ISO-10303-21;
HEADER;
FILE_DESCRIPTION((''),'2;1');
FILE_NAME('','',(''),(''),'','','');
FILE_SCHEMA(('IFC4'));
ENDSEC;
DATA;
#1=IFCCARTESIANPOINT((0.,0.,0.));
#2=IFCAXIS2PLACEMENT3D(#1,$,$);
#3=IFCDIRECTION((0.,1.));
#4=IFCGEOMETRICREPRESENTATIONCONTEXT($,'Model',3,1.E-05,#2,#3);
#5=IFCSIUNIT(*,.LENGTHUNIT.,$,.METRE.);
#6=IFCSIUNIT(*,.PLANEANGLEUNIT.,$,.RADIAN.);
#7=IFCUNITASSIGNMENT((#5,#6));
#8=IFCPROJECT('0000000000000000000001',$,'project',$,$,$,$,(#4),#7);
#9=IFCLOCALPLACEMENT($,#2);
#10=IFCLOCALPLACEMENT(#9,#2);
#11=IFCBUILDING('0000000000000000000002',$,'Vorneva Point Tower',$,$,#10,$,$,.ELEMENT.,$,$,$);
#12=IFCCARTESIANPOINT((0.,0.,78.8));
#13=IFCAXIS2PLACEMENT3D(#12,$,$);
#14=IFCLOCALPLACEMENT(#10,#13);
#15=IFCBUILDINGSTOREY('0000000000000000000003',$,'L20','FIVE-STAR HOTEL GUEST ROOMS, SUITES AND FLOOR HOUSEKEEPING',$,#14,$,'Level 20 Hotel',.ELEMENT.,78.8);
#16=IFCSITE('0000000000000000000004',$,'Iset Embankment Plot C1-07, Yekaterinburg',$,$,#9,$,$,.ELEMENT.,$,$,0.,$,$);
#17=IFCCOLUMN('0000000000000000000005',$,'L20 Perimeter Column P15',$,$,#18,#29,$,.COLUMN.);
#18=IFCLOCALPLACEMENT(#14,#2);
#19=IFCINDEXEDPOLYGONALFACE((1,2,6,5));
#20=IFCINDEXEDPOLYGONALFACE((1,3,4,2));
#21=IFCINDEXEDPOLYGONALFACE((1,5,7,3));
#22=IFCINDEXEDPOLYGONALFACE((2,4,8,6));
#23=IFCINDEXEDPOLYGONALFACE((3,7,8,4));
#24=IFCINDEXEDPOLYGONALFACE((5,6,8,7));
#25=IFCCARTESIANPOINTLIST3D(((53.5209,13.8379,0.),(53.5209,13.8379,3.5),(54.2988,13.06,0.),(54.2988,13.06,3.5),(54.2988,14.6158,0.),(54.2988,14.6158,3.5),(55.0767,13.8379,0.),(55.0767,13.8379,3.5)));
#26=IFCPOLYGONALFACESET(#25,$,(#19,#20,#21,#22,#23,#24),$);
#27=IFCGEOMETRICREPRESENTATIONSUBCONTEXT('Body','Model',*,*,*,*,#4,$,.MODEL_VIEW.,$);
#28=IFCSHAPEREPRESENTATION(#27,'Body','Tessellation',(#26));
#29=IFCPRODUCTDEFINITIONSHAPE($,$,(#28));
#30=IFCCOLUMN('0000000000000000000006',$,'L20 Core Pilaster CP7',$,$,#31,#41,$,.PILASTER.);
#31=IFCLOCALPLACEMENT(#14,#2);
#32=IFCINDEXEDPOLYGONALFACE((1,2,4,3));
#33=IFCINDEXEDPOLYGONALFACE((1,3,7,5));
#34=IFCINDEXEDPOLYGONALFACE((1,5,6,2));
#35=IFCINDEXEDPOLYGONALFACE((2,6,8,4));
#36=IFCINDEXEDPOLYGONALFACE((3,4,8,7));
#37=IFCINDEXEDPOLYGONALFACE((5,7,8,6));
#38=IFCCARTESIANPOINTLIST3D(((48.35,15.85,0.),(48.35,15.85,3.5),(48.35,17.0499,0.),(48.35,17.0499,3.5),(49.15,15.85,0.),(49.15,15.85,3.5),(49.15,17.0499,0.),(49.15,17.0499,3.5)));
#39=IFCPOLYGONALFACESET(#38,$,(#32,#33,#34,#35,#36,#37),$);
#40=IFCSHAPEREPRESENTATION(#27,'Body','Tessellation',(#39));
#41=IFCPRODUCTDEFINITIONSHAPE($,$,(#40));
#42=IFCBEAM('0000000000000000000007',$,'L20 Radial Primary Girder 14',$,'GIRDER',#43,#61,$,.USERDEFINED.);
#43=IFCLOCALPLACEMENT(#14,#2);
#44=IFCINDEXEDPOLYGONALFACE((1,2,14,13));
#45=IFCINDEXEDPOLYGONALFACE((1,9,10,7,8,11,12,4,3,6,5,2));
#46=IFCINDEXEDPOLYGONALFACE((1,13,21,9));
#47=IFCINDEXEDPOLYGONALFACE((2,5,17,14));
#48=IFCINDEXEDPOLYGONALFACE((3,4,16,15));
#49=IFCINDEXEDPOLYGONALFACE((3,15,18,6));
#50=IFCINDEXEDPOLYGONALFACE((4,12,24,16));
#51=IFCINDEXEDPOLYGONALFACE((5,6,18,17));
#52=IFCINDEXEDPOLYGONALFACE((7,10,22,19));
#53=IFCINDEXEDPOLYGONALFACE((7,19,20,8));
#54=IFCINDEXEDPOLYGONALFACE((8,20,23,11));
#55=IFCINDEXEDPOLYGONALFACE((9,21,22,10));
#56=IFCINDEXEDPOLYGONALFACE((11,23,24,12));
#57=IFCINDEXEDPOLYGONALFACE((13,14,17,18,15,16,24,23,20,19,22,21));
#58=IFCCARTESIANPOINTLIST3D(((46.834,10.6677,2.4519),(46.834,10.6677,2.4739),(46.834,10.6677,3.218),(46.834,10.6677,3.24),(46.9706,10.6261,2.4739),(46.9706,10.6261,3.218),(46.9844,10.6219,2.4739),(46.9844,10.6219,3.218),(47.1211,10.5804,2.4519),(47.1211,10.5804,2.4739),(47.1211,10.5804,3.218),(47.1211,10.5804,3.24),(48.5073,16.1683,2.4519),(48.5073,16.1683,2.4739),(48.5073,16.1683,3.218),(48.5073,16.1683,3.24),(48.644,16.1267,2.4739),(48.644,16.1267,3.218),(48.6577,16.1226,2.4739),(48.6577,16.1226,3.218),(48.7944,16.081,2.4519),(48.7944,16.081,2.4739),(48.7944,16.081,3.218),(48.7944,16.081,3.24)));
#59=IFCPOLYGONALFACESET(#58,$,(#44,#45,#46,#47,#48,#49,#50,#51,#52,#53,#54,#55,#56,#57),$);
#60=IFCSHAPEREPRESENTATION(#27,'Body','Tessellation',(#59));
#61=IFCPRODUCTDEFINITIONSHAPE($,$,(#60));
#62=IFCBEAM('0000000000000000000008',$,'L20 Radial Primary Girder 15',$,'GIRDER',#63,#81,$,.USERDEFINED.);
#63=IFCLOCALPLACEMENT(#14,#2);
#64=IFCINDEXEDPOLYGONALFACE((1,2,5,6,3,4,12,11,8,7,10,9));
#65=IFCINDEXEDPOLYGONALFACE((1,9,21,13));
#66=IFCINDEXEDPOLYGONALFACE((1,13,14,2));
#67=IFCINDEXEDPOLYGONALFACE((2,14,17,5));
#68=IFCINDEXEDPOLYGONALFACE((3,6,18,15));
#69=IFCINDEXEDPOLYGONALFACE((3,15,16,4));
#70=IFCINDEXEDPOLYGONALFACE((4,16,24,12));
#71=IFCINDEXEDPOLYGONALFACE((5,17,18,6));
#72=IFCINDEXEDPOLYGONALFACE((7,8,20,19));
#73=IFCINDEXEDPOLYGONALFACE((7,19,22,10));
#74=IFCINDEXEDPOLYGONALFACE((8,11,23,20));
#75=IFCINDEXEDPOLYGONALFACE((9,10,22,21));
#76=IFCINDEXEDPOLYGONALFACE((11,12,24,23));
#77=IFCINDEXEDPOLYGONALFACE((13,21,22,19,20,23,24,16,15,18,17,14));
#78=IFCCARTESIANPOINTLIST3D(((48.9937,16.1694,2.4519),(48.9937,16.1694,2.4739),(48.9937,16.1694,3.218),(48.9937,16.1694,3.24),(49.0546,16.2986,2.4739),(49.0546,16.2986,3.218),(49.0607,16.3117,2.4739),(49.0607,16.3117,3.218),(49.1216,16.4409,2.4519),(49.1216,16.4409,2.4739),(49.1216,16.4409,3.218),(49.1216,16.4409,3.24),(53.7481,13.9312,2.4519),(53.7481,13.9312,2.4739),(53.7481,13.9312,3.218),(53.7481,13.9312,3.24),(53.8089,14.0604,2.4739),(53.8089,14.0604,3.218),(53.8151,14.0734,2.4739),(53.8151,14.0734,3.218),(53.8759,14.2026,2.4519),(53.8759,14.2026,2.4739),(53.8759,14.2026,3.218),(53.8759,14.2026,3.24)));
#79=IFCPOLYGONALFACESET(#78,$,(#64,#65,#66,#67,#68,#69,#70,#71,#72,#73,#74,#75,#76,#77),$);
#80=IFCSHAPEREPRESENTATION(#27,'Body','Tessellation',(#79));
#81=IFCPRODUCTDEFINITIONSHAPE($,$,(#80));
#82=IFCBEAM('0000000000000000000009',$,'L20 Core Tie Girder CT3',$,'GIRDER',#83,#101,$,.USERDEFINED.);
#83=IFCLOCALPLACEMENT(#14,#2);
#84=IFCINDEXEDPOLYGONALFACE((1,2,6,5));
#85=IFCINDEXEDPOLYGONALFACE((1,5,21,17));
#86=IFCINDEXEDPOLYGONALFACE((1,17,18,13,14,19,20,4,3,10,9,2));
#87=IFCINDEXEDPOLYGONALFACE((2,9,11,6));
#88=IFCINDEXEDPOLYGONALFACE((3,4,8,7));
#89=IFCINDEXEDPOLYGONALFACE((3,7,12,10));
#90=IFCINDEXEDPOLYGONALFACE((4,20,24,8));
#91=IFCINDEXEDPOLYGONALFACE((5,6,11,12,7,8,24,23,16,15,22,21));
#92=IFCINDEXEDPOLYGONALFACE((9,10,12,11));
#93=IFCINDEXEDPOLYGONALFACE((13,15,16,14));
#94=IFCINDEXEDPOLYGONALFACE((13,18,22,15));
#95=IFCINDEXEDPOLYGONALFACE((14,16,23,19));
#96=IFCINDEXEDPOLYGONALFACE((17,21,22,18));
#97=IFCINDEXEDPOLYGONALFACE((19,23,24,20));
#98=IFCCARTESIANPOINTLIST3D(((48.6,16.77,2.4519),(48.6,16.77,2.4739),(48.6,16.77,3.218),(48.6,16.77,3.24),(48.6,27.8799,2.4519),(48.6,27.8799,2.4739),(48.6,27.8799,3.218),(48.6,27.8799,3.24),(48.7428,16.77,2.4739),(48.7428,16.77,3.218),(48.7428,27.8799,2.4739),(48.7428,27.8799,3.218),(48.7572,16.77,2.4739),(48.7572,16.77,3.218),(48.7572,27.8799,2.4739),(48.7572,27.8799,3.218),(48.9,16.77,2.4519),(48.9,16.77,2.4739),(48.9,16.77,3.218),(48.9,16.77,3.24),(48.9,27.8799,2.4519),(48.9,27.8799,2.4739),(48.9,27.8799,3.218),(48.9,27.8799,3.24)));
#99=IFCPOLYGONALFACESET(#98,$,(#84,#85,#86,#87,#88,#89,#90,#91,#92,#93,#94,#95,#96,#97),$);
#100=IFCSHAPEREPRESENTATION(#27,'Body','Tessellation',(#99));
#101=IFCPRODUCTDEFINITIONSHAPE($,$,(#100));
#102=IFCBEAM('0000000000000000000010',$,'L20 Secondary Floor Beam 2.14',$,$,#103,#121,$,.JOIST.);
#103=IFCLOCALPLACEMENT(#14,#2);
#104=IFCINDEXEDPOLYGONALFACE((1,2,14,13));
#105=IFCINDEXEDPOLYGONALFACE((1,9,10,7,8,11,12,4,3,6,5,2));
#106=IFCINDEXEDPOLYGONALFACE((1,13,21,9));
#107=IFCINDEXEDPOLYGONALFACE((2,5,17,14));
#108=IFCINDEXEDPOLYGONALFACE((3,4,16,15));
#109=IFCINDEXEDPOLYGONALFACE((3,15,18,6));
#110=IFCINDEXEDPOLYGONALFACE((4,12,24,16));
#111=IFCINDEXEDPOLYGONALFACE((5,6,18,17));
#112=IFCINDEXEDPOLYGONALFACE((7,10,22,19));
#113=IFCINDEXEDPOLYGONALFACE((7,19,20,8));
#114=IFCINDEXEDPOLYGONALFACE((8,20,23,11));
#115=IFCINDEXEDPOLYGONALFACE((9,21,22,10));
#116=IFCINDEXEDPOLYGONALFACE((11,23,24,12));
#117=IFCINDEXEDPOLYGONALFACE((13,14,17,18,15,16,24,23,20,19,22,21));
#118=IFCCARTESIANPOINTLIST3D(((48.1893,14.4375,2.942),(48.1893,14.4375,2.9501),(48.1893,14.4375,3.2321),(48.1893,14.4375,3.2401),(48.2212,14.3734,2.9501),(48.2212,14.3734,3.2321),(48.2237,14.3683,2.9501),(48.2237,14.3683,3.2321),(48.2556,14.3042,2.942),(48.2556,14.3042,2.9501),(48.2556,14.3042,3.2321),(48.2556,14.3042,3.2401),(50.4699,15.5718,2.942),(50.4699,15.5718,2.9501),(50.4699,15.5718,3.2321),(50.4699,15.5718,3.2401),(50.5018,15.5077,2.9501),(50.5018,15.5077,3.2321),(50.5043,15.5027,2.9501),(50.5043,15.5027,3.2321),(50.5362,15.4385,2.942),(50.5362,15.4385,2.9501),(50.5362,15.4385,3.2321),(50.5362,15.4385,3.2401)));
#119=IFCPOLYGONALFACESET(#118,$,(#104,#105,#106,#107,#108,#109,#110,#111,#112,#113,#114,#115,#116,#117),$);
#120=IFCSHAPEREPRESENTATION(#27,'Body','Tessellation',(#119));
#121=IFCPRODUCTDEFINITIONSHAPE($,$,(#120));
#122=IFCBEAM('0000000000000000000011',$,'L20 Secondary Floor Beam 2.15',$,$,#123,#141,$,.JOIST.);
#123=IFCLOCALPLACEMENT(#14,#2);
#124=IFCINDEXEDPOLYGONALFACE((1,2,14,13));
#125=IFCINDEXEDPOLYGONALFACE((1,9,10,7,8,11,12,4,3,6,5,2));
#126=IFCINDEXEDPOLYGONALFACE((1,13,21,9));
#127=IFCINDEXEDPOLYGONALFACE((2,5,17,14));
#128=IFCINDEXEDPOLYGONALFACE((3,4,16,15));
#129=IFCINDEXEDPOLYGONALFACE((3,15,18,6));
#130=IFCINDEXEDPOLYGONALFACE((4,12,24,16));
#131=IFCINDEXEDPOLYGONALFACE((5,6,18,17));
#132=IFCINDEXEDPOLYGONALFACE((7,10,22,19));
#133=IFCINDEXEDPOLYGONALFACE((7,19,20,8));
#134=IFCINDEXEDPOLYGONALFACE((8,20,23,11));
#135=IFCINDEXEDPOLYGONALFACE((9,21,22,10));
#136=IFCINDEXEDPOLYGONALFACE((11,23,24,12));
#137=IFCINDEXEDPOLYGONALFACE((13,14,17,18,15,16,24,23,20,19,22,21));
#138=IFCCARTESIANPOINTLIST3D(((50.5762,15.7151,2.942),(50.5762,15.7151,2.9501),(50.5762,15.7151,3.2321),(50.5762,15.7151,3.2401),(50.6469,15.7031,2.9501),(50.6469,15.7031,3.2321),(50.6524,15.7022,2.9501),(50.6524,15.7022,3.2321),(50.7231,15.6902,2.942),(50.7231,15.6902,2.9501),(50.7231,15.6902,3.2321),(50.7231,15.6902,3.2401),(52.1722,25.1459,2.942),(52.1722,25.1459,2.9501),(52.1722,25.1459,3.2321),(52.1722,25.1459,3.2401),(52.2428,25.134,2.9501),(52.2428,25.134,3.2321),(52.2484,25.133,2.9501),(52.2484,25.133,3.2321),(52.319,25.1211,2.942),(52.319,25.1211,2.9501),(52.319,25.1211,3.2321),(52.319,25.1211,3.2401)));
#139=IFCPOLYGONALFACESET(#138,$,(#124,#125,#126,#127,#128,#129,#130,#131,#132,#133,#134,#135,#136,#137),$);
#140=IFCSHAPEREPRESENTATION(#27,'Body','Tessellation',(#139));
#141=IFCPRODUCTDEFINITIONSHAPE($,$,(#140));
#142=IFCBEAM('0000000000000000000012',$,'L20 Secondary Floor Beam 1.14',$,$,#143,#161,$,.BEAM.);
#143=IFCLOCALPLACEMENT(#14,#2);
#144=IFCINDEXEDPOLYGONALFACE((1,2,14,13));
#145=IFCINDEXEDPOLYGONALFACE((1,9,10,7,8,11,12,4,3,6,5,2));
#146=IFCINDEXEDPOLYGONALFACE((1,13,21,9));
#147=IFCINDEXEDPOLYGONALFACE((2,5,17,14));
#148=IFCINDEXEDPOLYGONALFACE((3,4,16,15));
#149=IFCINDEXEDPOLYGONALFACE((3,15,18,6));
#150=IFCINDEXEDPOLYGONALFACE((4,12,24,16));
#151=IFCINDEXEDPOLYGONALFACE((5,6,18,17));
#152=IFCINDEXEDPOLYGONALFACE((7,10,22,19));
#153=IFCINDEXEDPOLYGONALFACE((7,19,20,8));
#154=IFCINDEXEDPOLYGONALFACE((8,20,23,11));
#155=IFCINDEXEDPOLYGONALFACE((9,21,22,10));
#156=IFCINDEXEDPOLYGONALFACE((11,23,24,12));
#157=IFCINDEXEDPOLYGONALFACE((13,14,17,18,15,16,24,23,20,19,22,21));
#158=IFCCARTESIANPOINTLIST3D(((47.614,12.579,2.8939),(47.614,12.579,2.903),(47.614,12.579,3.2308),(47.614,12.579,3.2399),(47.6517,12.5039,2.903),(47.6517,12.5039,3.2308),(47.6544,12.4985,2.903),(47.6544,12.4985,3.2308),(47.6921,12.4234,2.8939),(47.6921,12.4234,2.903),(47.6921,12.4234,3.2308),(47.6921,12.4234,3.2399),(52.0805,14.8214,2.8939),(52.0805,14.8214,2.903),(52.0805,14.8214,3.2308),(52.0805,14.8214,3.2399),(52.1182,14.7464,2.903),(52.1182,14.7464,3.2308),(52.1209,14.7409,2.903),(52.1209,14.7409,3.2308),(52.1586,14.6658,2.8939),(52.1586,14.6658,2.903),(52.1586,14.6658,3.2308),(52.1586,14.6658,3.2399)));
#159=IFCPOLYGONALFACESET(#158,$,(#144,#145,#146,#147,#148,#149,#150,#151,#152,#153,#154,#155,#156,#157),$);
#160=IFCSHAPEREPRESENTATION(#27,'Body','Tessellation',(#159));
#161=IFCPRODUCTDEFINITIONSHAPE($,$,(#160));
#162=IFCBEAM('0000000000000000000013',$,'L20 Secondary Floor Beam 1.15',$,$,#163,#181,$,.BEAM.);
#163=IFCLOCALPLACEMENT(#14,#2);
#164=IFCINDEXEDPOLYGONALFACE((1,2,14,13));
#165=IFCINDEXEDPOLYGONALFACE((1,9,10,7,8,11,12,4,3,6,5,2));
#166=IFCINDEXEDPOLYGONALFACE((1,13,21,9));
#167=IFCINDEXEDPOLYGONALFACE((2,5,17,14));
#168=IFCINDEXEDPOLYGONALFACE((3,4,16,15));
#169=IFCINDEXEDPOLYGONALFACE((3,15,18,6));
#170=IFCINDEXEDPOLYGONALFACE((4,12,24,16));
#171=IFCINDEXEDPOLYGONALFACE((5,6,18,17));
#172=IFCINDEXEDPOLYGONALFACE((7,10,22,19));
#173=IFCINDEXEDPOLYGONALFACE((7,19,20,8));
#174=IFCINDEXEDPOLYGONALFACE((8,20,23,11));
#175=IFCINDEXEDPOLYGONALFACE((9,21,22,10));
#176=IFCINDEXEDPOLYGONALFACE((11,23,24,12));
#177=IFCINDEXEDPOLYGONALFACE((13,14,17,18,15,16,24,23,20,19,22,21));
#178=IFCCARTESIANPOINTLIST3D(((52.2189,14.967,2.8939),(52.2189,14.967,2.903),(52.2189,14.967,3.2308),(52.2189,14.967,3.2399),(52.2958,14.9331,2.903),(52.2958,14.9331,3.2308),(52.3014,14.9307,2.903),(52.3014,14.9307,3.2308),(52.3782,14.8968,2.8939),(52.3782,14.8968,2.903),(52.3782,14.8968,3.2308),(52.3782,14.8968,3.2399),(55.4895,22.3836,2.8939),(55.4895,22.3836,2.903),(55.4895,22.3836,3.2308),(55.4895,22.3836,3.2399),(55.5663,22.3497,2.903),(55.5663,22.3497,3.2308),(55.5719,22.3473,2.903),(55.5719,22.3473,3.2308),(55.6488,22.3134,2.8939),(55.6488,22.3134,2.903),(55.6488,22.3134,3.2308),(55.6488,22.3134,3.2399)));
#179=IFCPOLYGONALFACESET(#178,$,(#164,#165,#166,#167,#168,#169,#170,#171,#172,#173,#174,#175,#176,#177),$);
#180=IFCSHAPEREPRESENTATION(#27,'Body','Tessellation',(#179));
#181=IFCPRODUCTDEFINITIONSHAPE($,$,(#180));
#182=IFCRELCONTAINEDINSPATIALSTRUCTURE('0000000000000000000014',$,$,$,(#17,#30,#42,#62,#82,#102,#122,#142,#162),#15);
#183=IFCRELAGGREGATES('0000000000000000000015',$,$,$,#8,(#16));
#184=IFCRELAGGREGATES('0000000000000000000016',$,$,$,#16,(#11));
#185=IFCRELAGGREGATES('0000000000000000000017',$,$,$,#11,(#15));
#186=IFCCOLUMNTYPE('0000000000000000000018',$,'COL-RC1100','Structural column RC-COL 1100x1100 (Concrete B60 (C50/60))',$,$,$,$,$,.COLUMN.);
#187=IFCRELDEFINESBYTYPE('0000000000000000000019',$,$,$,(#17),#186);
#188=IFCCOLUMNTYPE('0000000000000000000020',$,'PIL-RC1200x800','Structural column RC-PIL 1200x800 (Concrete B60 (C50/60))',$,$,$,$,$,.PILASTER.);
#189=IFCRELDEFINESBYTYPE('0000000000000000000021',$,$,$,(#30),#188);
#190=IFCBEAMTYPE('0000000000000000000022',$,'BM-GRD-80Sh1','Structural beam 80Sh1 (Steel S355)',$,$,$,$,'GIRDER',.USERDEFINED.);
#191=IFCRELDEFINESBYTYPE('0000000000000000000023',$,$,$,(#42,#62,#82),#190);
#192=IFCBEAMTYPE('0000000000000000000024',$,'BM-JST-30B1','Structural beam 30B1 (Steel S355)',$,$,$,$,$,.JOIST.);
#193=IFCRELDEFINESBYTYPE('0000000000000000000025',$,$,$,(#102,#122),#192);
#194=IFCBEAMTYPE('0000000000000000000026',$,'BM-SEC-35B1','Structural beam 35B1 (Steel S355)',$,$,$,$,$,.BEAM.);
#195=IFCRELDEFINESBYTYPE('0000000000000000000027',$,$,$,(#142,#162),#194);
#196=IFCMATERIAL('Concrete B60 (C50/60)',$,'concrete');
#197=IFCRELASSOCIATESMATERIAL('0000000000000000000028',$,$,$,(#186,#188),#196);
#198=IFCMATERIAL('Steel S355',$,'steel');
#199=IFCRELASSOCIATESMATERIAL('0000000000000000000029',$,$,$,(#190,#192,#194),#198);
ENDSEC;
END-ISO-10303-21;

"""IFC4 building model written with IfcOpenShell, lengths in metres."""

from ifc_helpers import new_model, si_unit, direction, frame, origin, origin_2d, place, context, subcontext, project, spatial, rectangle, i_section, extrude, material, material_profile, profile_set, type_object, element, save


model = new_model("IFC4")

# Units and contexts
model_context = context("Model", 3, precision=1e-05, world=origin(), true_north=direction((0.0, 1.0)))
body_context = subcontext(model_context, "Body", "Model", "MODEL_VIEW")
ifc_project = project(units=[si_unit("LENGTHUNIT", "METRE"), si_unit("PLANEANGLEUNIT", "RADIAN")], contexts=[model_context])

# Site, building, storey
site_placement = place(None, origin())
site = spatial("IfcSite", under=ifc_project, at=site_placement, Name="Iset Embankment Plot C1-07, Yekaterinburg", CompositionType="ELEMENT", RefElevation=0.0)
building_placement = place(site_placement, origin())
building = spatial("IfcBuilding", under=site, at=building_placement, Name="Vorneva Point Tower", CompositionType="ELEMENT")
storey_placement = place(building_placement, frame((0.0, 0.0, 78.8)))
storey = spatial("IfcBuildingStorey", under=building, at=storey_placement, Name="L20", Description="FIVE-STAR HOTEL GUEST ROOMS, SUITES AND FLOOR HOUSEKEEPING", LongName="Level 20 Hotel", CompositionType="ELEMENT", Elevation=78.8)

# Columns
ifc_material_1 = material(Name="Concrete B60 (C50/60)", Category="concrete")
ifc_material_profile_1 = material_profile(ifc_material_1, rectangle(XDim=1.1001, YDim=1.1001, at=origin_2d()), Name="RC-COL 1100x1100")
ifc_profile_set_1 = profile_set([ifc_material_profile_1], Name="Concrete B60 (C50/60)")
column_type_1 = type_object("IfcColumnType", Name="COL-RC1100", Description="Structural column RC-COL 1100x1100 (Concrete B60 (C50/60))", PredefinedType="COLUMN", material=ifc_profile_set_1)
column_1_placement = place(storey_placement, frame((54.2988, 13.8379, 0.0), z_axis=(0.0, 0.0, 1.0), x_axis=(0.707107, -0.707107, 0.0)))
element("IfcColumn", 1, at=column_1_placement, inside=storey, type_object=column_type_1, Name="L20 Perimeter Column P15", PredefinedType="COLUMN", context=body_context, shape_type="SweptSolid", body=[
    extrude(rectangle(XDim=1.1001, YDim=1.1001, at=origin_2d()), origin(), (0.0, 0.0, 1.0), 3.5),
])
ifc_material_profile_2 = material_profile(ifc_material_1, rectangle(XDim=0.8, YDim=1.2, at=origin_2d()), Name="RC-PIL 1200x800")
ifc_profile_set_2 = profile_set([ifc_material_profile_2], Name="Concrete B60 (C50/60)")
column_type_2 = type_object("IfcColumnType", Name="PIL-RC1200x800", Description="Structural column RC-PIL 1200x800 (Concrete B60 (C50/60))", PredefinedType="PILASTER", material=ifc_profile_set_2)
column_2_placement = place(storey_placement, frame((48.75, 16.45, 0.0), z_axis=(0.0, 0.0, 1.0), x_axis=(1.0, 0.0, 0.0)))
element("IfcColumn", 2, at=column_2_placement, inside=storey, type_object=column_type_2, Name="L20 Core Pilaster CP7", PredefinedType="PILASTER", context=body_context, shape_type="SweptSolid", body=[
    extrude(rectangle(XDim=0.8, YDim=1.2, at=origin_2d()), origin(), (0.0, 0.0, 1.0), 3.5),
])

# Beams
ifc_material_2 = material(Name="Steel S355", Category="steel")
ifc_material_profile_3 = material_profile(ifc_material_2, i_section(OverallWidth=0.3, OverallDepth=0.7881, WebThickness=0.0144, FlangeThickness=0.022, at=origin_2d()), Name="80Sh1")
ifc_profile_set_3 = profile_set([ifc_material_profile_3], Name="Steel S355")
beam_type_1 = type_object("IfcBeamType", Name="BM-GRD-80Sh1", Description="Structural beam 80Sh1 (Steel S355)", ElementType="GIRDER", PredefinedType="USERDEFINED", material=ifc_profile_set_3)
beam_1_placement = place(storey_placement, frame((46.9775, 10.624, 2.8459), z_axis=(0.291035, 0.956712, 0.0), x_axis=(-0.956712, 0.291035, 0.0)))
element("IfcBeam", 3, at=beam_1_placement, inside=storey, type_object=beam_type_1, Name="L20 Radial Primary Girder 14", ObjectType="GIRDER", PredefinedType="USERDEFINED", context=body_context, shape_type="SweptSolid", body=[
    extrude(i_section(OverallWidth=0.3, OverallDepth=0.7881, WebThickness=0.0144, FlangeThickness=0.022, at=origin_2d()), origin(), (0.0, 0.0, 1.0), 5.7495),
])
beam_2_placement = place(storey_placement, frame((53.812, 14.0669, 2.8459), z_axis=(-0.904751, 0.42594, 0.0), x_axis=(-0.42594, -0.904751, 0.0)))
element("IfcBeam", 4, at=beam_2_placement, inside=storey, type_object=beam_type_1, Name="L20 Radial Primary Girder 15", ObjectType="GIRDER", PredefinedType="USERDEFINED", context=body_context, shape_type="SweptSolid", body=[
    extrude(i_section(OverallWidth=0.3, OverallDepth=0.7881, WebThickness=0.0144, FlangeThickness=0.022, at=origin_2d()), origin(), (0.0, 0.0, 1.0), 5.2549),
])
beam_3_placement = place(storey_placement, frame((48.75, 16.77, 2.8459), z_axis=(0.0, 1.0, 0.0), x_axis=(-1.0, 0.0, 0.0)))
element("IfcBeam", 5, at=beam_3_placement, inside=storey, type_object=beam_type_1, Name="L20 Core Tie Girder CT3", ObjectType="GIRDER", PredefinedType="USERDEFINED", context=body_context, shape_type="SweptSolid", body=[
    extrude(i_section(OverallWidth=0.3, OverallDepth=0.7881, WebThickness=0.0144, FlangeThickness=0.022, at=origin_2d()), origin(), (0.0, 0.0, 1.0), 11.1099),
])
ifc_material_profile_4 = material_profile(ifc_material_2, i_section(OverallWidth=0.1489, OverallDepth=0.2981, WebThickness=0.0056, FlangeThickness=0.0081, at=origin_2d()), Name="30B1")
ifc_profile_set_4 = profile_set([ifc_material_profile_4], Name="Steel S355")
beam_type_2 = type_object("IfcBeamType", Name="BM-JST-30B1", Description="Structural beam 30B1 (Steel S355)", PredefinedType="JOIST", material=ifc_profile_set_4)
beam_4_placement = place(storey_placement, frame((48.2224, 14.3708, 3.0911), z_axis=(0.895365, 0.445334, 0.0), x_axis=(-0.445334, 0.895365, 0.0)))
element("IfcBeam", 6, at=beam_4_placement, inside=storey, type_object=beam_type_2, Name="L20 Secondary Floor Beam 2.14", PredefinedType="JOIST", context=body_context, shape_type="SweptSolid", body=[
    extrude(i_section(OverallWidth=0.1489, OverallDepth=0.2981, WebThickness=0.0056, FlangeThickness=0.0081, at=origin_2d()), origin(), (0.0, 0.0, 1.0), 2.5471),
])
beam_5_placement = place(storey_placement, frame((50.6497, 15.7026, 3.0911), z_axis=(0.166853, 0.985982, 0.0), x_axis=(-0.985982, 0.166853, 0.0)))
element("IfcBeam", 7, at=beam_5_placement, inside=storey, type_object=beam_type_2, Name="L20 Secondary Floor Beam 2.15", PredefinedType="JOIST", context=body_context, shape_type="SweptSolid", body=[
    extrude(i_section(OverallWidth=0.1489, OverallDepth=0.2981, WebThickness=0.0056, FlangeThickness=0.0081, at=origin_2d()), origin(), (0.0, 0.0, 1.0), 9.5649),
])
ifc_material_profile_5 = material_profile(ifc_material_2, i_section(OverallWidth=0.1741, OverallDepth=0.3459, WebThickness=0.0061, FlangeThickness=0.009, at=origin_2d()), Name="35B1")
ifc_profile_set_5 = profile_set([ifc_material_profile_5], Name="Steel S355")
beam_type_3 = type_object("IfcBeamType", Name="BM-SEC-35B1", Description="Structural beam 35B1 (Steel S355)", PredefinedType="BEAM", material=ifc_profile_set_5)
beam_6_placement = place(storey_placement, frame((47.6531, 12.5012, 3.0669), z_axis=(0.893693, 0.448678, 0.0), x_axis=(-0.448678, 0.893693, 0.0)))
element("IfcBeam", 8, at=beam_6_placement, inside=storey, type_object=beam_type_3, Name="L20 Secondary Floor Beam 1.14", PredefinedType="BEAM", context=body_context, shape_type="SweptSolid", body=[
    extrude(i_section(OverallWidth=0.1741, OverallDepth=0.3459, WebThickness=0.0061, FlangeThickness=0.009, at=origin_2d()), origin(), (0.0, 0.0, 1.0), 4.9978),
])
beam_7_placement = place(storey_placement, frame((52.2986, 14.9319, 3.0669), z_axis=(0.403487, 0.914985, 0.0), x_axis=(-0.914985, 0.403487, 0.0)))
element("IfcBeam", 9, at=beam_7_placement, inside=storey, type_object=beam_type_3, Name="L20 Secondary Floor Beam 1.15", PredefinedType="BEAM", context=body_context, shape_type="SweptSolid", body=[
    extrude(i_section(OverallWidth=0.1741, OverallDepth=0.3459, WebThickness=0.0061, FlangeThickness=0.009, at=origin_2d()), origin(), (0.0, 0.0, 1.0), 8.1057),
])

save(model, "model.ifc")
